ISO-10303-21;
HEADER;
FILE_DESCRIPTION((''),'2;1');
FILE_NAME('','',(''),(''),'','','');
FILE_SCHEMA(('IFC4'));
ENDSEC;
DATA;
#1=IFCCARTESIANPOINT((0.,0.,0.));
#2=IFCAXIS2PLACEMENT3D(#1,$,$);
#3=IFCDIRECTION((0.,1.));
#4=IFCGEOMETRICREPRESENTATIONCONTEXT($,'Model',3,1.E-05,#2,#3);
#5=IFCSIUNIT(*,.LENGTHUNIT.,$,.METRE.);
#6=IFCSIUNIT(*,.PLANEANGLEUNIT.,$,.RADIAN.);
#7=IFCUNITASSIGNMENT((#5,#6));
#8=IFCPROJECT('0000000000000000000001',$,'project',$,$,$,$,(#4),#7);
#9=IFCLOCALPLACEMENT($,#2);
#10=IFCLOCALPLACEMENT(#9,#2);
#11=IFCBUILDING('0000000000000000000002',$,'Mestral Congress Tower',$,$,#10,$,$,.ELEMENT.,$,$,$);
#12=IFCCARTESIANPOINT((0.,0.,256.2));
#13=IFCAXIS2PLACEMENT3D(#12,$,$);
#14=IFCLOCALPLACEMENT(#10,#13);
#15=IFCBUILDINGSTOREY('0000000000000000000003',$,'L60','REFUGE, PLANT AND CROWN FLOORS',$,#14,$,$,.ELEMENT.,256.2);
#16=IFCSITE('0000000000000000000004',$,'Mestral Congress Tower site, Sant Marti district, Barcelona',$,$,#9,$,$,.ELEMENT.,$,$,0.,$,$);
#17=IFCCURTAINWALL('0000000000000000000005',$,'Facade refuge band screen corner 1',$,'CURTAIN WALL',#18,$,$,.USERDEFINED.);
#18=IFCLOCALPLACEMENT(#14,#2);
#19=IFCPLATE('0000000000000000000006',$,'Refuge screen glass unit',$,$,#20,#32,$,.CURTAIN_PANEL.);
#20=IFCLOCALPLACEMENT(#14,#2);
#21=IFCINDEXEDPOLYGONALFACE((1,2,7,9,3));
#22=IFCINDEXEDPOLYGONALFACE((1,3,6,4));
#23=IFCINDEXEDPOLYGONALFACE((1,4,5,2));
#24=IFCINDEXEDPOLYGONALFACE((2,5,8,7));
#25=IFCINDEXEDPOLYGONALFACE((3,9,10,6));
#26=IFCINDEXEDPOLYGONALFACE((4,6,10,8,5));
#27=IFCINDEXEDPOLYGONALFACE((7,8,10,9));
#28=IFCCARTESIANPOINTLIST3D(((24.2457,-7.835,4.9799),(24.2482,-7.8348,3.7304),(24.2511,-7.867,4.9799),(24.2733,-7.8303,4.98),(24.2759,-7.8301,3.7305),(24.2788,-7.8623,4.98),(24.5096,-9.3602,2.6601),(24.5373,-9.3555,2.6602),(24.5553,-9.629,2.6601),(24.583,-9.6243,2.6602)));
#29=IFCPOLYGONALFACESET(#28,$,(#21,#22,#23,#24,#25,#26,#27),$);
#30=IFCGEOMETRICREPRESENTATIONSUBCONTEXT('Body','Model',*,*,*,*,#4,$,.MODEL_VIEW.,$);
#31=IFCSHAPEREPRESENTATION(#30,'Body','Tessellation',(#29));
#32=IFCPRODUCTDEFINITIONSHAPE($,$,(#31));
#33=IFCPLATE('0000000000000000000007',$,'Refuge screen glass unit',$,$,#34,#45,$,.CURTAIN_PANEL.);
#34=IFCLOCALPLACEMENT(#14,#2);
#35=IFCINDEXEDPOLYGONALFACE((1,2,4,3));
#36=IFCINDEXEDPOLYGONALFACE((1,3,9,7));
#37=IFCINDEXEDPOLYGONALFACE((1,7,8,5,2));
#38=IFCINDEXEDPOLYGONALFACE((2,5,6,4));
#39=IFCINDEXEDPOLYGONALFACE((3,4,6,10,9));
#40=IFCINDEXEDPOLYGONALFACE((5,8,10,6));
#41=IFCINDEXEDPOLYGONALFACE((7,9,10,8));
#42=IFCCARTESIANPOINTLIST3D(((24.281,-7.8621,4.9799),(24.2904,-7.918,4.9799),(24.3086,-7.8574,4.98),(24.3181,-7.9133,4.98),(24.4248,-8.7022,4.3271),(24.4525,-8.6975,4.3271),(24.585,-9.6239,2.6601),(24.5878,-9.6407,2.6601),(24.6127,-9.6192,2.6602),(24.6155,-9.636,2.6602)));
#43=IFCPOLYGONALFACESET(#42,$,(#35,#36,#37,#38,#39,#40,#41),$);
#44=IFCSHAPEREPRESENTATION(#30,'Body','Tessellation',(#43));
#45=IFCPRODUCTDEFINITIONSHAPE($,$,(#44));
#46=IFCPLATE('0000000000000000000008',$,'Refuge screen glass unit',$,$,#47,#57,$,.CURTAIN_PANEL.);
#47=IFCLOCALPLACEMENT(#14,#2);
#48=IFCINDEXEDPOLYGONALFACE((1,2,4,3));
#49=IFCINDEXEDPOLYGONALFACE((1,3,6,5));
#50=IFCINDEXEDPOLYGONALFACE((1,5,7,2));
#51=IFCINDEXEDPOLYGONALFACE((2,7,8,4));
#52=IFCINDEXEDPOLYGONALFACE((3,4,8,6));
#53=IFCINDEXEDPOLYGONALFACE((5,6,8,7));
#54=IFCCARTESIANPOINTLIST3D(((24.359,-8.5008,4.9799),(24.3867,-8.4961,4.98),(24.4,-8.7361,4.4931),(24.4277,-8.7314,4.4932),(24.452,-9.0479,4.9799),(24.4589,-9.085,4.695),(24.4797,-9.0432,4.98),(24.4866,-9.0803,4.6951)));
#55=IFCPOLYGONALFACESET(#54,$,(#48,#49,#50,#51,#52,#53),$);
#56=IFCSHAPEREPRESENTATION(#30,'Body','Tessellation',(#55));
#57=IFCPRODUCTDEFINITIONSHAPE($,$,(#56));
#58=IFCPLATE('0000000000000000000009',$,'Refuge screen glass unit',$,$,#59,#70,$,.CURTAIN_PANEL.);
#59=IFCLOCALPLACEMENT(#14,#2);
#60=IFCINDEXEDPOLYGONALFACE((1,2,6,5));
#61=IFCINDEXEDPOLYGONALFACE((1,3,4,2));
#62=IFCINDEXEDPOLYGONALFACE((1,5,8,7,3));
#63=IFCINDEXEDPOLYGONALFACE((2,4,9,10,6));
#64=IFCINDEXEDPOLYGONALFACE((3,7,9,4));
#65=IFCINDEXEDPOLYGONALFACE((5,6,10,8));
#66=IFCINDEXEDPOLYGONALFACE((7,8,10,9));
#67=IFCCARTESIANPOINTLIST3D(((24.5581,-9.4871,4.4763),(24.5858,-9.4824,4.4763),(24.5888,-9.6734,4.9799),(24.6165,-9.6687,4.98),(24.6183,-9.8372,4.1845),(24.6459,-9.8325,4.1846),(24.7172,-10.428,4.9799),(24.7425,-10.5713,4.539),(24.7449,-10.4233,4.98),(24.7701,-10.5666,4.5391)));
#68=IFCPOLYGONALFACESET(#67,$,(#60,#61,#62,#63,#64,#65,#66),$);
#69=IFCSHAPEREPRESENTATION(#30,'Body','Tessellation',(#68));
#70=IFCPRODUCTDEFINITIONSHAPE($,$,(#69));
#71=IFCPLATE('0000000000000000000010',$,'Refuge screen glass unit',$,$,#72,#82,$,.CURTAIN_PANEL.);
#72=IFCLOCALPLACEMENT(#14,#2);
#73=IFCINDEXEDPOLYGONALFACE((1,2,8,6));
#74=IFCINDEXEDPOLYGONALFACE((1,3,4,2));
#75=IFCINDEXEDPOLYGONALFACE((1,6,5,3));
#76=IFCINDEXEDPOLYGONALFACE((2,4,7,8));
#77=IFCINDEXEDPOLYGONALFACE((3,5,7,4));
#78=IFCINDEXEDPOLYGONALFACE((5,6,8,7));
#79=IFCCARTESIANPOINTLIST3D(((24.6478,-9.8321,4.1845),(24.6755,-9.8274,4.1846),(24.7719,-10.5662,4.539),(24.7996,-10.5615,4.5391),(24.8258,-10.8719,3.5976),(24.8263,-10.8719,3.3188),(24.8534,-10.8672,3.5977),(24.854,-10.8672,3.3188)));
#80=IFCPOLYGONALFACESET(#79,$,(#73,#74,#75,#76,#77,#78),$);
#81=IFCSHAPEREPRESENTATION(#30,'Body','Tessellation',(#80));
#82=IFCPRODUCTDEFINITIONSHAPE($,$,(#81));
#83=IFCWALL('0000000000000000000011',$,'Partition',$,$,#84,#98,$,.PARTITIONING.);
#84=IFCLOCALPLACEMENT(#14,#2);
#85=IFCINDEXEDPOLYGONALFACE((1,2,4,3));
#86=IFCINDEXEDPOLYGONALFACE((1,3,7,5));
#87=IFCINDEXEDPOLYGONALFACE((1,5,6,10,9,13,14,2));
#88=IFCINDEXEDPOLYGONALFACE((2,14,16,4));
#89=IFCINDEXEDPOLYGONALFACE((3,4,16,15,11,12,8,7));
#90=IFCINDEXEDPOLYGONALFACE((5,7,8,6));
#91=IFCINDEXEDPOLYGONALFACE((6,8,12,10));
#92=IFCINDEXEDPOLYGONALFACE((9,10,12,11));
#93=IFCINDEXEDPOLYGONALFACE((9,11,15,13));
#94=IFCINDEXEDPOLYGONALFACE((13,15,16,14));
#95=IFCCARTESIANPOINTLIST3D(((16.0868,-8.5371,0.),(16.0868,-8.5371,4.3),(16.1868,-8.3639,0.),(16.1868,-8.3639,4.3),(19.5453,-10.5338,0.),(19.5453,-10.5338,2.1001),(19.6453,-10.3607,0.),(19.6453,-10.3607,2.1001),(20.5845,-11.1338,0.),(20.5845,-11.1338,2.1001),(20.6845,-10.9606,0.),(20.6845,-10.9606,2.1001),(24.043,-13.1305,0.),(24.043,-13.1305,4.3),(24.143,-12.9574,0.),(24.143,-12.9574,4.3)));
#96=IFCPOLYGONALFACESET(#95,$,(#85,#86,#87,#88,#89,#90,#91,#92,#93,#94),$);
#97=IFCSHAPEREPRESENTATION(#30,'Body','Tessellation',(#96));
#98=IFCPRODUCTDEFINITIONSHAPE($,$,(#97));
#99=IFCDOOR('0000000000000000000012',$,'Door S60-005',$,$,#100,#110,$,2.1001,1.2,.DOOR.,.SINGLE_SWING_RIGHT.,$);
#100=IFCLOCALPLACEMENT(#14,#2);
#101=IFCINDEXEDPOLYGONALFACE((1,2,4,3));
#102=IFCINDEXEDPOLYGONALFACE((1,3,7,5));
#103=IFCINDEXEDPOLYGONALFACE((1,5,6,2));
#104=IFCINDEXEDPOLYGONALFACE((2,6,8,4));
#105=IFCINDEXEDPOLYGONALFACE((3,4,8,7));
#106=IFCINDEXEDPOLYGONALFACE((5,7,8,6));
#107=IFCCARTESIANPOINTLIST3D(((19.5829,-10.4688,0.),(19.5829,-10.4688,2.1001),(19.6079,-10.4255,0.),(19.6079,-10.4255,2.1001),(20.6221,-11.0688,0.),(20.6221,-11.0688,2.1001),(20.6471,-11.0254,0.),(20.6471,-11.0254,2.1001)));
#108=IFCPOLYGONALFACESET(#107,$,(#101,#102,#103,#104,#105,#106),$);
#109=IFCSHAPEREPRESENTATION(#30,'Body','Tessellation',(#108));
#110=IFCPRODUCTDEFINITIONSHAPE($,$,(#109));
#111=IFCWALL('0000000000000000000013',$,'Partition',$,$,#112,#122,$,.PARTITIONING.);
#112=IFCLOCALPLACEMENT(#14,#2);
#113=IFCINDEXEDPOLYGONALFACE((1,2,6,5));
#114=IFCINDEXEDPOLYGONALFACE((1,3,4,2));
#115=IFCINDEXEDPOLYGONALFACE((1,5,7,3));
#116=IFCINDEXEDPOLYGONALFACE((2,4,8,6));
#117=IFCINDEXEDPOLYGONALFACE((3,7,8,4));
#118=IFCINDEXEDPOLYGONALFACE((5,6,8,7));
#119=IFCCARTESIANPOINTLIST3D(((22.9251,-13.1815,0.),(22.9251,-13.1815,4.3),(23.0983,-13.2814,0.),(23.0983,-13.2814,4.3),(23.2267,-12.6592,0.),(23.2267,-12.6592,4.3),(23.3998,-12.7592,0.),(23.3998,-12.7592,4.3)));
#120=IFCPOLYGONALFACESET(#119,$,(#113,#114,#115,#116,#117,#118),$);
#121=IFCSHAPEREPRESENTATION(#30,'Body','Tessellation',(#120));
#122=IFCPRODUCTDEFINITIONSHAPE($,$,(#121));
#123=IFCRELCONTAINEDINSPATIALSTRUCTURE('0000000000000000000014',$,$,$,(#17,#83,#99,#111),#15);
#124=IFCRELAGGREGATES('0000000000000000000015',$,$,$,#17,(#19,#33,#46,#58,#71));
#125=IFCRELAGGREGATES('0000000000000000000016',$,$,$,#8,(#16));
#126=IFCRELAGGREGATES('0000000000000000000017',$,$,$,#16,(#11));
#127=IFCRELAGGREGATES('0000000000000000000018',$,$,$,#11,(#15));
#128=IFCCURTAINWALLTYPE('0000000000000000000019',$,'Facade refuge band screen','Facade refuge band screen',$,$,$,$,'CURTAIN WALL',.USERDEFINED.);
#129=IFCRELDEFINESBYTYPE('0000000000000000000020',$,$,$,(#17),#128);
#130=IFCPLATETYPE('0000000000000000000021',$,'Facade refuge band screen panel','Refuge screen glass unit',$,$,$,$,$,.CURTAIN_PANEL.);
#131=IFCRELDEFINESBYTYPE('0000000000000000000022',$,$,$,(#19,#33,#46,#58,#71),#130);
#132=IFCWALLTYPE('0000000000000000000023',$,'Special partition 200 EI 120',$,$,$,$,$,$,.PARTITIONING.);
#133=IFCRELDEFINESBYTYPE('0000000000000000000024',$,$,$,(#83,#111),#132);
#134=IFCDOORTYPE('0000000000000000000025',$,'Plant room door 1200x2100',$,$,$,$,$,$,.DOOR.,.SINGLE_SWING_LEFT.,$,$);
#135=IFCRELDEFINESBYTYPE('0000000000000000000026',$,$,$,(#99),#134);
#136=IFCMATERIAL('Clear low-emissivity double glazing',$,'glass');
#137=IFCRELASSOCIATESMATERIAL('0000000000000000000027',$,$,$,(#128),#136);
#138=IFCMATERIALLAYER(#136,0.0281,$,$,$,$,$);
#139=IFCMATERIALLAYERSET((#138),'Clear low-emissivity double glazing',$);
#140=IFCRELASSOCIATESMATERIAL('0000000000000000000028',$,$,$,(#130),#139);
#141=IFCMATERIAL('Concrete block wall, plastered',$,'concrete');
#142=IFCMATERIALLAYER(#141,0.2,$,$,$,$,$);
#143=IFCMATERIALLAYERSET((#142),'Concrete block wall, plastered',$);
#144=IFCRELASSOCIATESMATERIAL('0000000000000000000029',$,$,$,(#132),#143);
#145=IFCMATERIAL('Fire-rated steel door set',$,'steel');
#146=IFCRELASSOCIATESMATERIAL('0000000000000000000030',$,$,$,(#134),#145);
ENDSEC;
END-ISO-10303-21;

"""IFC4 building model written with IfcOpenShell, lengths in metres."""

from ifc_helpers import new_model, si_unit, direction, frame, frame_2d, origin, place, context, subcontext, project, spatial, polyline, rectangle, outline, extrude, material, layer, layer_set, type_object, element, fill, aggregate, save


model = new_model("IFC4")

# Units and contexts
model_context = context("Model", 3, precision=1e-05, world=origin(), true_north=direction((0.0, 1.0)))
body_context = subcontext(model_context, "Body", "Model", "MODEL_VIEW")
ifc_project = project(units=[si_unit("LENGTHUNIT", "METRE"), si_unit("PLANEANGLEUNIT", "RADIAN")], contexts=[model_context])

# Site, building, storey
site_placement = place(None, origin())
site = spatial("IfcSite", under=ifc_project, at=site_placement, Name="Mestral Congress Tower site, Sant Marti district, Barcelona", CompositionType="ELEMENT", RefElevation=0.0)
building_placement = place(site_placement, origin())
building = spatial("IfcBuilding", under=site, at=building_placement, Name="Mestral Congress Tower", CompositionType="ELEMENT")
storey_placement = place(building_placement, frame((0.0, 0.0, 256.2)))
storey = spatial("IfcBuildingStorey", under=building, at=storey_placement, Name="L60", Description="REFUGE, PLANT AND CROWN FLOORS", CompositionType="ELEMENT", Elevation=256.2)

# Curtain wall
ifc_material_1 = material(Name="Clear low-emissivity double glazing", Category="glass")
curtain_wall_type = type_object("IfcCurtainWallType", Name="Facade refuge band screen", Description="Facade refuge band screen", ElementType="CURTAIN WALL", PredefinedType="USERDEFINED", material=ifc_material_1)
placement = place(storey_placement, origin())
curtain_wall_1 = element("IfcCurtainWall", 1, at=placement, inside=storey, type_object=curtain_wall_type, Name="Facade refuge band screen corner 1", ObjectType="CURTAIN WALL", PredefinedType="USERDEFINED")

# Shared definitions
ifc_layer_1 = layer(ifc_material_1, 0.0281)
ifc_layer_set_1 = layer_set([ifc_layer_1], Name="Clear low-emissivity double glazing")
plate_type_1 = type_object("IfcPlateType", Name="Facade refuge band screen panel", Description="Refuge screen glass unit", PredefinedType="CURTAIN_PANEL", material=ifc_layer_set_1)

# Plates
plate_1_placement = place(storey_placement, frame((24.2759, -7.8301, 3.7305), z_axis=(0.985867, 0.167518, 0.002031), x_axis=(0.138918, -0.810656, -0.568804)))
plate_1 = element("IfcPlate", 2, at=plate_1_placement, type_object=plate_type_1, Name="Refuge screen glass unit", PredefinedType="CURTAIN_PANEL", context=body_context, shape_type="SweptSolid", body=[
    extrude(outline(polyline([(0.0, 0.0), (1.8817, 0.0), (2.1059, -0.1551), (-0.6842, -1.046), (-0.7109, -1.0276), (0.0, 0.0)])), origin(), (0.0, 0.0, -1.0), 0.0281),
])
plate_2_placement = place(storey_placement, frame((24.3181, -7.9133, 4.98), z_axis=(0.985949, 0.167029, 0.002362), x_axis=(-0.167029, 0.985952, 0.000002)))
plate_2 = element("IfcPlate", 3, at=plate_2_placement, type_object=plate_type_1, Name="Refuge screen glass unit", PredefinedType="CURTAIN_PANEL", context=body_context, shape_type="SweptSolid", body=[
    extrude(outline(polyline([(0.0, 0.0), (0.0567, 0.0), (-1.7311, -2.3198), (-1.7481, -2.3198), (-0.7956, -0.6528), (0.0, 0.0)])), origin(), (0.0, 0.0, -1.0), 0.0281),
])
plate_3_placement = place(storey_placement, frame((24.3867, -8.4961, 4.98), z_axis=(0.985864, 0.167533, 0.001981), x_axis=(0.075549, -0.433961, -0.897759)))
plate_3 = element("IfcPlate", 4, at=plate_3_placement, type_object=plate_type_1, Name="Refuge screen glass unit", PredefinedType="CURTAIN_PANEL", context=body_context, shape_type="SweptSolid", body=[
    extrude(outline(polyline([(0.0, 0.0), (0.5423, 0.0), (0.5169, -0.4066), (0.2444, -0.4982), (0.0, 0.0)])), origin(), (0.0, 0.0, -1.0), 0.0281),
])
plate_4_placement = place(storey_placement, frame((24.7449, -10.4233, 4.98), z_axis=(0.985831, 0.16773, 0.001968), x_axis=(-0.16773, 0.985833, 0.0)))
plate_4 = element("IfcPlate", 5, at=plate_4_placement, type_object=plate_type_1, Name="Refuge screen glass unit", PredefinedType="CURTAIN_PANEL", context=body_context, shape_type="SweptSolid", body=[
    extrude(outline(polyline([(0.0, 0.0), (0.7655, 0.0), (0.9543, -0.5037), (0.599, -0.7954), (-0.1455, -0.4409), (0.0, 0.0)])), origin(), (0.0, 0.0, -1.0), 0.0281),
])
plate_5_placement = place(storey_placement, frame((24.7996, -10.5615, 4.5391), z_axis=(0.98585, 0.167617, 0.001998), x_axis=(-0.150492, 0.890253, -0.429887)))
plate_5 = element("IfcPlate", 6, at=plate_5_placement, type_object=plate_type_1, Name="Refuge screen glass unit", PredefinedType="CURTAIN_PANEL", context=body_context, shape_type="SweptSolid", body=[
    extrude(outline(polyline([(0.0, 0.0), (0.8246, 0.0), (0.2442, -1.2352), (0.1245, -0.9834), (0.0, 0.0)])), origin(), (0.0, 0.0, -1.0), 0.0281),
])

# Wall, opening, door
ifc_material_2 = material(Name="Concrete block wall, plastered", Category="concrete")
ifc_layer_2 = layer(ifc_material_2, 0.2)
ifc_layer_set_2 = layer_set([ifc_layer_2], Name="Concrete block wall, plastered")
wall_type = type_object("IfcWallType", Name="Special partition 200 EI 120", PredefinedType="PARTITIONING", material=ifc_layer_set_2)
wall_1_placement = place(storey_placement, frame((24.093, -13.0439, 0.0), z_axis=(0.0, 0.0, 1.0), x_axis=(-0.866028, 0.499995, 0.0)))
wall_1 = element("IfcWall", 7, at=wall_1_placement, inside=storey, type_object=wall_type, Name="Partition", PredefinedType="PARTITIONING", context=body_context, shape_type="SweptSolid", body=[
    extrude(rectangle(XDim=9.187, YDim=0.2, at=frame_2d((4.5935, 0.0))), origin(), (0.0, 0.0, 1.0), 4.3),
])
opening_placement = place(wall_1_placement, frame((3.9934, 0.0, 0.0)))
opening = element("IfcOpeningElement", 8, at=opening_placement, cuts=wall_1, PredefinedType="OPENING", context=body_context, shape_type="SweptSolid", body=[
    extrude(rectangle(XDim=1.2, YDim=2.1001, at=frame_2d((0.6001, 1.05))), frame((0.0, 0.1099, 0.0), z_axis=(0.0, -1.0, 0.0), x_axis=(1.0, 0.0, 0.0)), (0.0, 0.0, 1.0), 0.22),
])
ifc_material_3 = material(Name="Fire-rated steel door set", Category="steel")
door_type = type_object("IfcDoorType", Name="Plant room door 1200x2100", OperationType="SINGLE_SWING_LEFT", PredefinedType="DOOR", material=ifc_material_3)
door_placement = place(opening_placement, origin())
door = element("IfcDoor", 9, at=door_placement, inside=storey, type_object=door_type, Name="Door S60-005", OperationType="SINGLE_SWING_RIGHT", OverallHeight=2.1001, OverallWidth=1.2, PredefinedType="DOOR", context=body_context, shape_type="SweptSolid", body=[
    extrude(rectangle(XDim=1.2, YDim=2.1001, at=frame_2d((0.6001, 1.05))), frame((0.0, 0.0249, 0.0), z_axis=(0.0, -1.0, 0.0), x_axis=(1.0, 0.0, 0.0)), (0.0, 0.0, 1.0), 0.05),
])
fill(opening, door)

# Wall
wall_2_placement = place(storey_placement, frame((23.3132, -12.7092, 0.0), z_axis=(0.0, 0.0, 1.0), x_axis=(-0.500015, -0.866017, 0.0)))
element("IfcWall", 10, at=wall_2_placement, inside=storey, type_object=wall_type, Name="Partition", PredefinedType="PARTITIONING", context=body_context, shape_type="SweptSolid", body=[
    extrude(rectangle(XDim=0.603, YDim=0.2, at=frame_2d((0.3015, 0.0))), origin(), (0.0, 0.0, 1.0), 4.3),
])

aggregate(curtain_wall_1, [plate_1, plate_2, plate_3, plate_4, plate_5])

save(model, "model.ifc")
